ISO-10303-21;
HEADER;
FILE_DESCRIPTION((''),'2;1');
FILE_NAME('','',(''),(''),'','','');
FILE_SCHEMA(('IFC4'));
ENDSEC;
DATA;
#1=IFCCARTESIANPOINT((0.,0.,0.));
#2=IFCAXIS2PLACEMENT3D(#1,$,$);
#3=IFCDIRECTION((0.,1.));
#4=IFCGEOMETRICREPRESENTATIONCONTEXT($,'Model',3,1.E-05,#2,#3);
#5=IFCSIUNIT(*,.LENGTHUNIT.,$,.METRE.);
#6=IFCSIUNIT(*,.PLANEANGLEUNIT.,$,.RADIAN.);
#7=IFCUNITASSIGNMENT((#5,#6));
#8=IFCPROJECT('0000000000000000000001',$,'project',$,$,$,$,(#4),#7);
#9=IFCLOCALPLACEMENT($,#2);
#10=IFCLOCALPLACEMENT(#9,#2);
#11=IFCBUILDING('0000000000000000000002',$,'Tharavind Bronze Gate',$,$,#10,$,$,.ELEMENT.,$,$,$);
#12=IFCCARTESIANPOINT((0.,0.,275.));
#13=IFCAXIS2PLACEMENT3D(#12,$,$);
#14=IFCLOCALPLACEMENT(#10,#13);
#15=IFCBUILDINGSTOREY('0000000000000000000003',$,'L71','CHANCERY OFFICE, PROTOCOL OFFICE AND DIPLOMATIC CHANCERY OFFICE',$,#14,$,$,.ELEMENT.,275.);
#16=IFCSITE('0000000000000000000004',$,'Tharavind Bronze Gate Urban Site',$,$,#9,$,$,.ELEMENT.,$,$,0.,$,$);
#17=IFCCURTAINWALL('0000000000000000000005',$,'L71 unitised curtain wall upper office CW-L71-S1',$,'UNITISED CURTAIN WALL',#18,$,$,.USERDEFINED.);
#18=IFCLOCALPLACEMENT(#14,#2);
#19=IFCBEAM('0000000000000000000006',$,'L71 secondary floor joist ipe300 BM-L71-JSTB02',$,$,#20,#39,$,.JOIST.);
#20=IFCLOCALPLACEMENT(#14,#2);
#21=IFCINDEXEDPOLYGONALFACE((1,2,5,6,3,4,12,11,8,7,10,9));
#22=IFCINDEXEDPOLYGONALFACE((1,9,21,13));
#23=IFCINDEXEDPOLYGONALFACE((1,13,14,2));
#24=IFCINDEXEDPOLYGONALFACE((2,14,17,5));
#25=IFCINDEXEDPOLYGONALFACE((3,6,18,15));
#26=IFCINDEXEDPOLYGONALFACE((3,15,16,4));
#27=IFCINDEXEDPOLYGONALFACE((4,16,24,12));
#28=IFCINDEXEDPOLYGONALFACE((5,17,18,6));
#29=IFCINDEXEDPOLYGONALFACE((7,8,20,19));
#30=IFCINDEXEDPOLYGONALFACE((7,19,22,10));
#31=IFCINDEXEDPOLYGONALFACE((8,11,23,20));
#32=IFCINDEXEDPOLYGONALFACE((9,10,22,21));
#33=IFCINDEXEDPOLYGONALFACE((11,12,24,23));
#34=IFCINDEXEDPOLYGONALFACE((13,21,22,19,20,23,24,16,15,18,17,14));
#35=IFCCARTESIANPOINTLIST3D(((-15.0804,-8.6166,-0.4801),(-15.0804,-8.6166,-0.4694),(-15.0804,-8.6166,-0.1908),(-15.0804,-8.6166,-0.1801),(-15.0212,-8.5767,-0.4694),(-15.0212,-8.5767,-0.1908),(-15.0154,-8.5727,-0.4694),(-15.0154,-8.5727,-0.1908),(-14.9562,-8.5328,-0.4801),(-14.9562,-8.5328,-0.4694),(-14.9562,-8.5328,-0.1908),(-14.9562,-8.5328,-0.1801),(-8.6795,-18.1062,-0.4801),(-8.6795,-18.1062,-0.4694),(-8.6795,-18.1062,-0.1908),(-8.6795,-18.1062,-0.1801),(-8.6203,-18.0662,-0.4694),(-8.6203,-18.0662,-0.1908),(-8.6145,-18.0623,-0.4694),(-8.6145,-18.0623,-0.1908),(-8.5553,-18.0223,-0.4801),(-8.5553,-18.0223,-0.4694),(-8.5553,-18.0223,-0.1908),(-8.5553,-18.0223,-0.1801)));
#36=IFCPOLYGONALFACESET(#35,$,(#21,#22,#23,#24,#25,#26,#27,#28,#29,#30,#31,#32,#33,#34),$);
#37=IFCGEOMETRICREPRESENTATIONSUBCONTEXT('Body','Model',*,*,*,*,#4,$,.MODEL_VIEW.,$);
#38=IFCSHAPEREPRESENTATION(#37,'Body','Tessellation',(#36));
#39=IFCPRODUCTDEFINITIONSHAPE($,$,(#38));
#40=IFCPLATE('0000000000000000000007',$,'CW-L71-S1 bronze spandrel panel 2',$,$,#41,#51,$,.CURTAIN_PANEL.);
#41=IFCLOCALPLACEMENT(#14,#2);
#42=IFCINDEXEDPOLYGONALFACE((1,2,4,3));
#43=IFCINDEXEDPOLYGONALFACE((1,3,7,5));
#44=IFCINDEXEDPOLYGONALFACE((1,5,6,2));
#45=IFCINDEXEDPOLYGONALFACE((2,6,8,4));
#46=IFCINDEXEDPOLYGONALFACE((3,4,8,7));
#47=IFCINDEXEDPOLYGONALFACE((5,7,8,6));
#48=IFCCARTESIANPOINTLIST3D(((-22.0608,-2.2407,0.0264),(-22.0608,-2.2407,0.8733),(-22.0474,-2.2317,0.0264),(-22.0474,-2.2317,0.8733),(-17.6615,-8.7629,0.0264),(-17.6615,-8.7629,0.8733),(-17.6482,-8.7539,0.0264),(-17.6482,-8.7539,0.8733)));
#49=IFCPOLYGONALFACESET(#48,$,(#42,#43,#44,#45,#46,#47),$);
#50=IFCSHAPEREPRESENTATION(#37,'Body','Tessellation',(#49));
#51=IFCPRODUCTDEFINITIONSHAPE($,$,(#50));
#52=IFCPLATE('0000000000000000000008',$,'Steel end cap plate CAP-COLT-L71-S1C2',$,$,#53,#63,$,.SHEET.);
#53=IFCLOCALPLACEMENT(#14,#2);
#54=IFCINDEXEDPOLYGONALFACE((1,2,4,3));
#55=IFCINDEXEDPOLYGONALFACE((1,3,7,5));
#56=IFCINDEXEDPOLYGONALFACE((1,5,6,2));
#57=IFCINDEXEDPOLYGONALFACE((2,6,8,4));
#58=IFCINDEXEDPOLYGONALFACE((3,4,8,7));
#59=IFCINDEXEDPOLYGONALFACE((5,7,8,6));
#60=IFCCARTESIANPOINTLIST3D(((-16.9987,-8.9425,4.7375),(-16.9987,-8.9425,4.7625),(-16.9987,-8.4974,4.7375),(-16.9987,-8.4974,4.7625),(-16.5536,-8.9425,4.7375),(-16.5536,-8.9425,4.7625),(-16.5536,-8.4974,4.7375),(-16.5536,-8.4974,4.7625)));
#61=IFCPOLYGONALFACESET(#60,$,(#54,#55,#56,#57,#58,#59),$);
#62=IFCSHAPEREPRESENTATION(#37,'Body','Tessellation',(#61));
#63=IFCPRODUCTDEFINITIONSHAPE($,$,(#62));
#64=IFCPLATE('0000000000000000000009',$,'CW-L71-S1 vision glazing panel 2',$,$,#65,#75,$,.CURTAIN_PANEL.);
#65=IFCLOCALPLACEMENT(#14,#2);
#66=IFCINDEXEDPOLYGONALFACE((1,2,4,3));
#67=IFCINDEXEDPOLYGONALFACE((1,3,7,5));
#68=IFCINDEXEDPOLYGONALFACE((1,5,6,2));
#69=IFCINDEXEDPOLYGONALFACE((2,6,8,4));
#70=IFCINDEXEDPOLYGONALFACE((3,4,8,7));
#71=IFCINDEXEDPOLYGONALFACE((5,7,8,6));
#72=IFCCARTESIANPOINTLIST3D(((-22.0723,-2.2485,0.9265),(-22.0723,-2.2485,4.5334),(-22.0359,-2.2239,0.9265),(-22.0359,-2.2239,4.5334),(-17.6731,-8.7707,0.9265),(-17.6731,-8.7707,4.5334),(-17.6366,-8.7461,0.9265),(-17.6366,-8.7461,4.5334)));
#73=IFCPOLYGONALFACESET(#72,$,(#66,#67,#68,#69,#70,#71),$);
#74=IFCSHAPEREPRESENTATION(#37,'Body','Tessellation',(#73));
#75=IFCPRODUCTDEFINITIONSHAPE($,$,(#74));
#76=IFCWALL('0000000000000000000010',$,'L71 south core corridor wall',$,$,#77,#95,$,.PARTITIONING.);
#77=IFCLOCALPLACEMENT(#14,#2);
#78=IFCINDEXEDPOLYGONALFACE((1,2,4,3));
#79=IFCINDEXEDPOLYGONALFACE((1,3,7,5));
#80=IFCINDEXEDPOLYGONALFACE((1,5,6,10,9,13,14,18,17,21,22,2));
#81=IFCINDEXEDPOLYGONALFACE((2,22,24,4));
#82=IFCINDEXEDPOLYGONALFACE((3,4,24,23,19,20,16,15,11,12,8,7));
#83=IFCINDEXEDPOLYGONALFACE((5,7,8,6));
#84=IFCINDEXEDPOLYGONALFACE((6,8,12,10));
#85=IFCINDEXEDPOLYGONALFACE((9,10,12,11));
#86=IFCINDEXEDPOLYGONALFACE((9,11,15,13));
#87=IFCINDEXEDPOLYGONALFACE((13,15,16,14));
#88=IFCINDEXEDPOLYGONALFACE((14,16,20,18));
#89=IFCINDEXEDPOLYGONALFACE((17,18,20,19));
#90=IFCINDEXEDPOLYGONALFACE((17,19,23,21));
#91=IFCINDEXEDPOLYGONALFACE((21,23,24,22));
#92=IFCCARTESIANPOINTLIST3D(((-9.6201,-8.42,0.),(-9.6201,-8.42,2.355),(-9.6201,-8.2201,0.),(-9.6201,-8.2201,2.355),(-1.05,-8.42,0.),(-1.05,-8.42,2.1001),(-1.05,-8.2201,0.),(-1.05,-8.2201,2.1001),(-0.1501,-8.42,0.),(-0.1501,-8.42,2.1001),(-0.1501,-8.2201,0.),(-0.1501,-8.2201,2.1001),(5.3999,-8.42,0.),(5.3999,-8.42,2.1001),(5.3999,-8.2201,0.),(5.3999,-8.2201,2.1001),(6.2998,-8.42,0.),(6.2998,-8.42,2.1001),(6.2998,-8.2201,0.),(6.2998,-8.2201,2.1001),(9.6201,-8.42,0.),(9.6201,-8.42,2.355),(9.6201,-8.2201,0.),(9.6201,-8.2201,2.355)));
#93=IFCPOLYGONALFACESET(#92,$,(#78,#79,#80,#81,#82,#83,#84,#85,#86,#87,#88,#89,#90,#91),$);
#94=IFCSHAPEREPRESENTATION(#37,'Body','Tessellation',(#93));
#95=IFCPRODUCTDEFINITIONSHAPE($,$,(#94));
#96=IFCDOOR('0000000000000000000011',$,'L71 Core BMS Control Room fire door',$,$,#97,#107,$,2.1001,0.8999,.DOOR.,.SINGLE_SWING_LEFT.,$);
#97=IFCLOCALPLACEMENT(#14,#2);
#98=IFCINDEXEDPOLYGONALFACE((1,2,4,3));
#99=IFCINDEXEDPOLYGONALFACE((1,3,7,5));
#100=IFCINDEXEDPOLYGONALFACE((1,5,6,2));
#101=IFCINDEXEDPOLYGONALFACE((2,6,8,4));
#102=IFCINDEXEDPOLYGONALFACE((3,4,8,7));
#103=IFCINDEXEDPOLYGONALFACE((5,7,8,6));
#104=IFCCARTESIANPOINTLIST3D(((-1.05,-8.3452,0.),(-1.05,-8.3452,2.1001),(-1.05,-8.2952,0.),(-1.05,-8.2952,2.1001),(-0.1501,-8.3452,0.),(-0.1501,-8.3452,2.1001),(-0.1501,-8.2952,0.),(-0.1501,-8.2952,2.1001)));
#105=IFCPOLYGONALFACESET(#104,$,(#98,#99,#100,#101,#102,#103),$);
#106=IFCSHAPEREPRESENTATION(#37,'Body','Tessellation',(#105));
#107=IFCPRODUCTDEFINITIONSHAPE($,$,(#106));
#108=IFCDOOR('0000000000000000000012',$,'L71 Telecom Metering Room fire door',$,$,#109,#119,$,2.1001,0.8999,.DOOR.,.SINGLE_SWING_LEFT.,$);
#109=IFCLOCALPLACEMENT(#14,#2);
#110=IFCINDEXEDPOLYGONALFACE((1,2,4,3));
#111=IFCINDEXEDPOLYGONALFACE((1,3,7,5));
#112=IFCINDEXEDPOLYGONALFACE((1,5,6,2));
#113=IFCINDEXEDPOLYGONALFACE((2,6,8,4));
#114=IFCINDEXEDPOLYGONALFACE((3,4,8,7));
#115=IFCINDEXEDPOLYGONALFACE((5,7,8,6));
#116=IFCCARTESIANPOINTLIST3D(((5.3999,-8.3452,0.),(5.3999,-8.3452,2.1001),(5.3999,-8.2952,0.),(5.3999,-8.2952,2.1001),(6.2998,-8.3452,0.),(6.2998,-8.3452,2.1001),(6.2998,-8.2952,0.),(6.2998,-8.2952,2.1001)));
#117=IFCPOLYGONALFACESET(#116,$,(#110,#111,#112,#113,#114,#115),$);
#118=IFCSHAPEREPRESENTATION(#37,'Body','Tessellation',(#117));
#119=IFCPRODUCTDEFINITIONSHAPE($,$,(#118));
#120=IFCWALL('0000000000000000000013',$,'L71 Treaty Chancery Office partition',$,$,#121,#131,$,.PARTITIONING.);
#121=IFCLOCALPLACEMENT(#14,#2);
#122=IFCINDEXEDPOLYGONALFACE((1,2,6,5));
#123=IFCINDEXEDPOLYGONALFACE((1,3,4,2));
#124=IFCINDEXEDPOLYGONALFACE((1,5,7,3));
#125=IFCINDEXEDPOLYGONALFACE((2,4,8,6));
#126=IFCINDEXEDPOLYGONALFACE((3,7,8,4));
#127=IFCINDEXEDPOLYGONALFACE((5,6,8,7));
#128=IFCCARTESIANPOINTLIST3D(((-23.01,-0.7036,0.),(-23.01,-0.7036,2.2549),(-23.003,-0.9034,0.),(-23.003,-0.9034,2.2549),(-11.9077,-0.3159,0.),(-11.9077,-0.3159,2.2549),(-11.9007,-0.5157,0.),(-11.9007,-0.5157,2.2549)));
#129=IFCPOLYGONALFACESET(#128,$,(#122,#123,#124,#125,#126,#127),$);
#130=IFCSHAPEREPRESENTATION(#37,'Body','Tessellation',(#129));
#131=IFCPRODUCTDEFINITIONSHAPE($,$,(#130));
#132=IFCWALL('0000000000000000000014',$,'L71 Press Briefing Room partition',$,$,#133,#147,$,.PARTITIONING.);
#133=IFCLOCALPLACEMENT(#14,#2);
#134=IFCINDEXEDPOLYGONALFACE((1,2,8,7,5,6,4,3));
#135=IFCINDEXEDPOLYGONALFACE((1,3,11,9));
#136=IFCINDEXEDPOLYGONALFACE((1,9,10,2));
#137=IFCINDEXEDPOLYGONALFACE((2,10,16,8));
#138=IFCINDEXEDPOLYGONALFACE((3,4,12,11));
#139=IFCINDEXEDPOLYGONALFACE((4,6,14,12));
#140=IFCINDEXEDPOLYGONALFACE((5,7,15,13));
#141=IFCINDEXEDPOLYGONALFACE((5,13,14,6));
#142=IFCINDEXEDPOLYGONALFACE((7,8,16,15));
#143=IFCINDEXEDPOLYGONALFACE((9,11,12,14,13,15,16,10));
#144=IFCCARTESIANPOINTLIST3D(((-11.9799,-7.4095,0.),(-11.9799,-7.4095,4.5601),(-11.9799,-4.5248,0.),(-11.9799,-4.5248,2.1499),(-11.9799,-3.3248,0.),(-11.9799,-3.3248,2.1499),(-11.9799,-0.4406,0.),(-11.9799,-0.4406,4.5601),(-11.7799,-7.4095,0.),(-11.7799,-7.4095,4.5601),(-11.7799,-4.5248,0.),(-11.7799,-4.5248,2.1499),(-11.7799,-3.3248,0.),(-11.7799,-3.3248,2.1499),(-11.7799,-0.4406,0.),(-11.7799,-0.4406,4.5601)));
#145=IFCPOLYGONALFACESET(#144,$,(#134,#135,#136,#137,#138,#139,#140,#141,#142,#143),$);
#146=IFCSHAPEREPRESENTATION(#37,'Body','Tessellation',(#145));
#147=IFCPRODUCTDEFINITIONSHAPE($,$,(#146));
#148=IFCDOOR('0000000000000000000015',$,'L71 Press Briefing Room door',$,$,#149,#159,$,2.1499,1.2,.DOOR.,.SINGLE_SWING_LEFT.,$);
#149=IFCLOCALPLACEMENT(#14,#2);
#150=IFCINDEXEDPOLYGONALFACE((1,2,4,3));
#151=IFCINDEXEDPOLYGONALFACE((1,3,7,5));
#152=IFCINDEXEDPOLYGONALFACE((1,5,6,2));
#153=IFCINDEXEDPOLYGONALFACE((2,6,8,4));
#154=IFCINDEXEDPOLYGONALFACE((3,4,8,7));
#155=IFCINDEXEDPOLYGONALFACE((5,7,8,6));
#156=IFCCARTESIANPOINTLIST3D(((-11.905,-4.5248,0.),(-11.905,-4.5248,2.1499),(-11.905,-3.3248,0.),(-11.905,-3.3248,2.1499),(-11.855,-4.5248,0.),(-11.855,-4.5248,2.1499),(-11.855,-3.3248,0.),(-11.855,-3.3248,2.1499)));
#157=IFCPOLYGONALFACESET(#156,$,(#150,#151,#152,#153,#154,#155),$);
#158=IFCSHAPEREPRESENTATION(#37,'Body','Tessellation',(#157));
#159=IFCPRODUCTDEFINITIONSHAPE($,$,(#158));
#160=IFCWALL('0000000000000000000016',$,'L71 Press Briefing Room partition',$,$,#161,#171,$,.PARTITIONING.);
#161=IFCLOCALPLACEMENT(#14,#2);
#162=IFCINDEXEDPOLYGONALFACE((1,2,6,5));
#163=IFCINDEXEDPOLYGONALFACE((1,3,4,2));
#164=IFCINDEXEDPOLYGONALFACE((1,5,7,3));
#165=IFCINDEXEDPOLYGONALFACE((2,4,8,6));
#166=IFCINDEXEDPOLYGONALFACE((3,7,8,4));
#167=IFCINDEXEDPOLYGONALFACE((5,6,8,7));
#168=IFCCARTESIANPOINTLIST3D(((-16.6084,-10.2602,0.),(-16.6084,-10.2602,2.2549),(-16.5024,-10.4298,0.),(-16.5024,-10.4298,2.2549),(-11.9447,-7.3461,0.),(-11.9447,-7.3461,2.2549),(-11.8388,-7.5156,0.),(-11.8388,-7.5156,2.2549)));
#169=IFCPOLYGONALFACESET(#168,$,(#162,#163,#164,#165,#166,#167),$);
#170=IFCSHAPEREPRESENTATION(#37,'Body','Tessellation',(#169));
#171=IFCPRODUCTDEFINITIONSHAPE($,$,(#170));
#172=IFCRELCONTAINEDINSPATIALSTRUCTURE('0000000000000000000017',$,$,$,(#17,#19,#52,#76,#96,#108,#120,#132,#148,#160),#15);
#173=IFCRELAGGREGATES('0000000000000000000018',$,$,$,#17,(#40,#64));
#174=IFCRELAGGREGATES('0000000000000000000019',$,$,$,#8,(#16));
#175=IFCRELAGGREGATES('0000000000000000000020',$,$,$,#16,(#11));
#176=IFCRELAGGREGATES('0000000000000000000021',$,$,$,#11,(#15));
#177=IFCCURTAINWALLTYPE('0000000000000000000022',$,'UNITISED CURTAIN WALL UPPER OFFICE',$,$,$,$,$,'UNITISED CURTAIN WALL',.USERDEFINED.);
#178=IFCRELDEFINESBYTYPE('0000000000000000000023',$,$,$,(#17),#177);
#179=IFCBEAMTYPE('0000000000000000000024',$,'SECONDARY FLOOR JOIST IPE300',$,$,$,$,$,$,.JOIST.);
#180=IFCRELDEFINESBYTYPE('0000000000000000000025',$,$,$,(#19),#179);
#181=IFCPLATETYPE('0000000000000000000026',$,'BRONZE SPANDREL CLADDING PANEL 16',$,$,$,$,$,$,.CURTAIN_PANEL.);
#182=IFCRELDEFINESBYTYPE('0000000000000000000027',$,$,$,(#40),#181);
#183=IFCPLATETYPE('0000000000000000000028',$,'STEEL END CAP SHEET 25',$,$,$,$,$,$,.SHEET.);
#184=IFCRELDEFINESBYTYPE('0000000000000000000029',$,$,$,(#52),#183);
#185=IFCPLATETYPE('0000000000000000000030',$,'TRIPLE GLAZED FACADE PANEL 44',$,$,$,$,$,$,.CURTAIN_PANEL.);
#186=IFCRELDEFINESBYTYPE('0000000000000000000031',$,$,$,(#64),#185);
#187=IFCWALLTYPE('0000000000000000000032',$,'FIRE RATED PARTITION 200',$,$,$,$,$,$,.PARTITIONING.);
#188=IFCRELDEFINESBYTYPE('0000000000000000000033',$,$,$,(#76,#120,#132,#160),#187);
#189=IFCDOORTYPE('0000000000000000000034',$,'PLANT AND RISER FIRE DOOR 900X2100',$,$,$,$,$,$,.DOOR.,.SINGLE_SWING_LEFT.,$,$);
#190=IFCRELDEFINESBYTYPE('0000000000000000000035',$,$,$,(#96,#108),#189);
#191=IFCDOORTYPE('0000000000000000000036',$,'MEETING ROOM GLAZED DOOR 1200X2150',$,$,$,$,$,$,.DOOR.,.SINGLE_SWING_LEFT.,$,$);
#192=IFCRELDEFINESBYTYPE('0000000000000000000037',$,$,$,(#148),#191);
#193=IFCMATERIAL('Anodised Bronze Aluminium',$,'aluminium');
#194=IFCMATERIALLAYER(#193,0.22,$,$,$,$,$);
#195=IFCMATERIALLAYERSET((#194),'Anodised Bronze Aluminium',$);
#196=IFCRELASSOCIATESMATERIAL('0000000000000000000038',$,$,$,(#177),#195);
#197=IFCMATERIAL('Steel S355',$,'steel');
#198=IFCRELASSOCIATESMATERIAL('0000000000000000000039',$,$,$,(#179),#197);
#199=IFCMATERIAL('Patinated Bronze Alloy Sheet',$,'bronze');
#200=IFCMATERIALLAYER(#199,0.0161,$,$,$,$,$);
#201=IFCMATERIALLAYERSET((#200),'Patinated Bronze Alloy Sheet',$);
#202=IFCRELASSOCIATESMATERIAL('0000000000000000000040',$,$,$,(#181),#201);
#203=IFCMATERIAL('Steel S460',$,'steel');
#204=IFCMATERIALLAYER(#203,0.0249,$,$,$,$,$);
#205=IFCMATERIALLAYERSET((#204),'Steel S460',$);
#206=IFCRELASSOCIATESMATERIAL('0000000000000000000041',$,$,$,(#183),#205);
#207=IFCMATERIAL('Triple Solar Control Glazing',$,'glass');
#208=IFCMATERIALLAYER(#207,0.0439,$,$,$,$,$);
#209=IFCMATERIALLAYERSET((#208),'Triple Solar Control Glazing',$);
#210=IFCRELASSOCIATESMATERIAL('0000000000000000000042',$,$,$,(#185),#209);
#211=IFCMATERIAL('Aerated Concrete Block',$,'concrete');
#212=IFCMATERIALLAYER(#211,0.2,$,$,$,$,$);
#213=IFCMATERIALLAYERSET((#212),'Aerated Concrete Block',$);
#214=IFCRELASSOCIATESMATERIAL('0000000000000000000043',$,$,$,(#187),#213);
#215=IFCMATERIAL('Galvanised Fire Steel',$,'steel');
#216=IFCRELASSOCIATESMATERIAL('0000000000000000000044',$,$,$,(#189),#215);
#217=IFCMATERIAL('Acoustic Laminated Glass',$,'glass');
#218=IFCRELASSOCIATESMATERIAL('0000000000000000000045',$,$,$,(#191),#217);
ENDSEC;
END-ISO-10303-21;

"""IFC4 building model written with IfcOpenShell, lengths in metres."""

from ifc_helpers import new_model, si_unit, direction, frame, frame_2d, origin, origin_2d, place, context, subcontext, project, spatial, rectangle, i_section, extrude, material, layer, layer_set, material_profile, profile_set, type_object, element, fill, aggregate, save


model = new_model("IFC4")

# Units and contexts
model_context = context("Model", 3, precision=1e-05, world=origin(), true_north=direction((0.0, 1.0)))
body_context = subcontext(model_context, "Body", "Model", "MODEL_VIEW")
ifc_project = project(units=[si_unit("LENGTHUNIT", "METRE"), si_unit("PLANEANGLEUNIT", "RADIAN")], contexts=[model_context])

# Site, building, storey
site_placement = place(None, origin())
site = spatial("IfcSite", under=ifc_project, at=site_placement, Name="Tharavind Bronze Gate Urban Site", CompositionType="ELEMENT", RefElevation=0.0)
building_placement = place(site_placement, origin())
building = spatial("IfcBuilding", under=site, at=building_placement, Name="Tharavind Bronze Gate", CompositionType="ELEMENT")
storey_placement = place(building_placement, frame((0.0, 0.0, 275.0)))
storey = spatial("IfcBuildingStorey", under=building, at=storey_placement, Name="L71", Description="CHANCERY OFFICE, PROTOCOL OFFICE AND DIPLOMATIC CHANCERY OFFICE", CompositionType="ELEMENT", Elevation=275.0)

# Shared definitions
ifc_material_1 = material(Name="Steel S460", Category="steel")

# Curtain wall
ifc_material_2 = material(Name="Anodised Bronze Aluminium", Category="aluminium")
ifc_layer_1 = layer(ifc_material_2, 0.22)
ifc_layer_set_1 = layer_set([ifc_layer_1], Name="Anodised Bronze Aluminium")
curtain_wall_type = type_object("IfcCurtainWallType", Name="UNITISED CURTAIN WALL UPPER OFFICE", ElementType="UNITISED CURTAIN WALL", PredefinedType="USERDEFINED", material=ifc_layer_set_1)
curtain_wall_placement = place(storey_placement, origin())
curtain_wall = element("IfcCurtainWall", 1, at=curtain_wall_placement, inside=storey, type_object=curtain_wall_type, Name="L71 unitised curtain wall upper office CW-L71-S1", ObjectType="UNITISED CURTAIN WALL", PredefinedType="USERDEFINED")

# Beam
ifc_material_3 = material(Name="Steel S355", Category="steel")
ifc_material_profile_1 = material_profile(ifc_material_3, i_section(OverallWidth=0.1499, OverallDepth=0.3, WebThickness=0.0071, FlangeThickness=0.0107, at=origin_2d()), Name="IPE300")
ifc_profile_set_1 = profile_set([ifc_material_profile_1], Name="Steel S355")
beam_type_1 = type_object("IfcBeamType", Name="SECONDARY FLOOR JOIST IPE300", PredefinedType="JOIST", material=ifc_profile_set_1)
beam_1_placement = place(storey_placement, frame((-15.0183, -8.5747, -0.3301), z_axis=(0.559201, -0.829032, 0.0), x_axis=(0.829032, 0.559201, 0.0)))
element("IfcBeam", 2, at=beam_1_placement, inside=storey, type_object=beam_type_1, Name="L71 secondary floor joist ipe300 BM-L71-JSTB02", PredefinedType="JOIST", context=body_context, shape_type="SweptSolid", body=[
    extrude(i_section(OverallWidth=0.1499, OverallDepth=0.3, WebThickness=0.0071, FlangeThickness=0.0107, at=origin_2d()), origin(), (0.0, 0.0, 1.0), 11.4465),
])

# Plates
ifc_material_4 = material(Name="Patinated Bronze Alloy Sheet", Category="bronze")
ifc_layer_2 = layer(ifc_material_4, 0.0161)
ifc_layer_set_2 = layer_set([ifc_layer_2], Name="Patinated Bronze Alloy Sheet")
plate_type_1 = type_object("IfcPlateType", Name="BRONZE SPANDREL CLADDING PANEL 16", PredefinedType="CURTAIN_PANEL", material=ifc_layer_set_2)
plate_1_placement = place(storey_placement, frame((-19.8545, -5.4973, 0.0264), z_axis=(0.0, 0.0, 1.0), x_axis=(0.559191, -0.829039, 0.0)))
plate_1 = element("IfcPlate", 3, at=plate_1_placement, type_object=plate_type_1, Name="CW-L71-S1 bronze spandrel panel 2", PredefinedType="CURTAIN_PANEL", context=body_context, shape_type="SweptSolid", body=[
    extrude(rectangle(XDim=7.8672, YDim=0.0161, at=origin_2d()), origin(), (0.0, 0.0, 1.0), 0.8469),
])
ifc_layer_3 = layer(ifc_material_1, 0.0249)
ifc_layer_set_3 = layer_set([ifc_layer_3], Name="Steel S460")
plate_type_2 = type_object("IfcPlateType", Name="STEEL END CAP SHEET 25", PredefinedType="SHEET", material=ifc_layer_set_3)
plate_2_placement = place(storey_placement, frame((-16.7761, -8.72, 4.7375), z_axis=(0.0, 0.0, 1.0), x_axis=(1.0, 0.0, 0.0)))
element("IfcPlate", 4, at=plate_2_placement, inside=storey, type_object=plate_type_2, Name="Steel end cap plate CAP-COLT-L71-S1C2", PredefinedType="SHEET", context=body_context, shape_type="SweptSolid", body=[
    extrude(rectangle(XDim=0.4451, YDim=0.4451, at=origin_2d()), origin(), (0.0, 0.0, 1.0), 0.0249),
])
ifc_material_5 = material(Name="Triple Solar Control Glazing", Category="glass")
ifc_layer_4 = layer(ifc_material_5, 0.0439)
ifc_layer_set_4 = layer_set([ifc_layer_4], Name="Triple Solar Control Glazing")
plate_type_3 = type_object("IfcPlateType", Name="TRIPLE GLAZED FACADE PANEL 44", PredefinedType="CURTAIN_PANEL", material=ifc_layer_set_4)
plate_3_placement = place(storey_placement, frame((-19.8545, -5.4973, 0.9265), z_axis=(0.0, 0.0, 1.0), x_axis=(0.559191, -0.829039, 0.0)))
plate_3 = element("IfcPlate", 5, at=plate_3_placement, type_object=plate_type_3, Name="CW-L71-S1 vision glazing panel 2", PredefinedType="CURTAIN_PANEL", context=body_context, shape_type="SweptSolid", body=[
    extrude(rectangle(XDim=7.8672, YDim=0.0439, at=origin_2d()), origin(), (0.0, 0.0, 1.0), 3.6069),
])
aggregate(curtain_wall, [plate_1, plate_3])

# Wall, openings, doors
ifc_material_6 = material(Name="Aerated Concrete Block", Category="concrete")
ifc_layer_5 = layer(ifc_material_6, 0.2)
ifc_layer_set_5 = layer_set([ifc_layer_5], Name="Aerated Concrete Block")
wall_type_1 = type_object("IfcWallType", Name="FIRE RATED PARTITION 200", PredefinedType="PARTITIONING", material=ifc_layer_set_5)
wall_1_placement = place(storey_placement, frame((-9.6201, -8.3201, 0.0), z_axis=(0.0, 0.0, 1.0), x_axis=(1.0, 0.0, 0.0)))
wall_1 = element("IfcWall", 6, at=wall_1_placement, inside=storey, type_object=wall_type_1, Name="L71 south core corridor wall", PredefinedType="PARTITIONING", context=body_context, shape_type="SweptSolid", body=[
    extrude(rectangle(XDim=19.2402, YDim=0.2, at=frame_2d((9.6201, 0.0))), origin(), (0.0, 0.0, 1.0), 2.355),
])
opening_1_placement = place(wall_1_placement, frame((8.5701, 0.0, 0.0)))
opening_1 = element("IfcOpeningElement", 7, at=opening_1_placement, cuts=wall_1, PredefinedType="OPENING", context=body_context, shape_type="SweptSolid", body=[
    extrude(rectangle(XDim=0.8999, YDim=2.1001, at=frame_2d((0.45, 1.05))), frame((0.0, 0.1101, 0.0), z_axis=(0.0, -1.0, 0.0), x_axis=(1.0, 0.0, 0.0)), (0.0, 0.0, 1.0), 0.22),
])
opening_2_placement = place(wall_1_placement, frame((15.02, 0.0, 0.0)))
opening_2 = element("IfcOpeningElement", 8, at=opening_2_placement, cuts=wall_1, PredefinedType="OPENING", context=body_context, shape_type="SweptSolid", body=[
    extrude(rectangle(XDim=0.8999, YDim=2.1001, at=frame_2d((0.45, 1.05))), frame((0.0, 0.1101, 0.0), z_axis=(0.0, -1.0, 0.0), x_axis=(1.0, 0.0, 0.0)), (0.0, 0.0, 1.0), 0.22),
])
ifc_material_7 = material(Name="Galvanised Fire Steel", Category="steel")
door_type_1 = type_object("IfcDoorType", Name="PLANT AND RISER FIRE DOOR 900X2100", OperationType="SINGLE_SWING_LEFT", PredefinedType="DOOR", material=ifc_material_7)
door_1_placement = place(opening_1_placement, origin())
door_1 = element("IfcDoor", 9, at=door_1_placement, inside=storey, type_object=door_type_1, Name="L71 Core BMS Control Room fire door", OperationType="SINGLE_SWING_LEFT", OverallHeight=2.1001, OverallWidth=0.8999, PredefinedType="DOOR", context=body_context, shape_type="SweptSolid", body=[
    extrude(rectangle(XDim=0.8999, YDim=2.1001, at=frame_2d((0.45, 1.05))), frame((0.0, 0.0249, 0.0), z_axis=(0.0, -1.0, 0.0), x_axis=(1.0, 0.0, 0.0)), (0.0, 0.0, 1.0), 0.05),
])
fill(opening_1, door_1)
door_2_placement = place(opening_2_placement, origin())
door_2 = element("IfcDoor", 10, at=door_2_placement, inside=storey, type_object=door_type_1, Name="L71 Telecom Metering Room fire door", OperationType="SINGLE_SWING_LEFT", OverallHeight=2.1001, OverallWidth=0.8999, PredefinedType="DOOR", context=body_context, shape_type="SweptSolid", body=[
    extrude(rectangle(XDim=0.8999, YDim=2.1001, at=frame_2d((0.45, 1.05))), frame((0.0, 0.0249, 0.0), z_axis=(0.0, -1.0, 0.0), x_axis=(1.0, 0.0, 0.0)), (0.0, 0.0, 1.0), 0.05),
])
fill(opening_2, door_2)

# Wall
wall_2_placement = place(storey_placement, frame((-11.9041, -0.4158, 0.0), z_axis=(0.0, 0.0, 1.0), x_axis=(-0.999391, -0.034899, 0.0)))
element("IfcWall", 11, at=wall_2_placement, inside=storey, type_object=wall_type_1, Name="L71 Treaty Chancery Office partition", PredefinedType="PARTITIONING", context=body_context, shape_type="SweptSolid", body=[
    extrude(rectangle(XDim=11.1091, YDim=0.2, at=frame_2d((5.5547, 0.0))), origin(), (0.0, 0.0, 1.0), 2.2549),
])

# Wall, opening, door
wall_3_placement = place(storey_placement, frame((-11.8799, -0.4407, 0.0), z_axis=(0.0, 0.0, 1.0), x_axis=(0.0, -1.0, 0.0)))
wall_3 = element("IfcWall", 12, at=wall_3_placement, inside=storey, type_object=wall_type_1, Name="L71 Press Briefing Room partition", PredefinedType="PARTITIONING", context=body_context, shape_type="SweptSolid", body=[
    extrude(rectangle(XDim=6.969, YDim=0.2, at=frame_2d((3.4844, 0.0))), origin(), (0.0, 0.0, 1.0), 4.5601),
])
opening_3_placement = place(wall_3_placement, frame((2.884, 0.0, 0.0)))
opening_3 = element("IfcOpeningElement", 13, at=opening_3_placement, cuts=wall_3, PredefinedType="OPENING", context=body_context, shape_type="SweptSolid", body=[
    extrude(rectangle(XDim=1.2, YDim=2.1499, at=frame_2d((0.6001, 1.075))), frame((0.0, 0.1101, 0.0), z_axis=(0.0, -1.0, 0.0), x_axis=(1.0, 0.0, 0.0)), (0.0, 0.0, 1.0), 0.22),
])
ifc_material_8 = material(Name="Acoustic Laminated Glass", Category="glass")
door_type_2 = type_object("IfcDoorType", Name="MEETING ROOM GLAZED DOOR 1200X2150", OperationType="SINGLE_SWING_LEFT", PredefinedType="DOOR", material=ifc_material_8)
door_3_placement = place(opening_3_placement, origin())
door_3 = element("IfcDoor", 14, at=door_3_placement, inside=storey, type_object=door_type_2, Name="L71 Press Briefing Room door", OperationType="SINGLE_SWING_LEFT", OverallHeight=2.1499, OverallWidth=1.2, PredefinedType="DOOR", context=body_context, shape_type="SweptSolid", body=[
    extrude(rectangle(XDim=1.2, YDim=2.1499, at=frame_2d((0.6001, 1.075))), frame((0.0, 0.0249, 0.0), z_axis=(0.0, -1.0, 0.0), x_axis=(1.0, 0.0, 0.0)), (0.0, 0.0, 1.0), 0.05),
])
fill(opening_3, door_3)

# Wall
wall_4_placement = place(storey_placement, frame((-11.8918, -7.4309, 0.0), z_axis=(0.0, 0.0, 1.0), x_axis=(-0.848053, -0.529911, 0.0)))
element("IfcWall", 15, at=wall_4_placement, inside=storey, type_object=wall_type_1, Name="L71 Press Briefing Room partition", PredefinedType="PARTITIONING", context=body_context, shape_type="SweptSolid", body=[
    extrude(rectangle(XDim=5.4993, YDim=0.2, at=frame_2d((2.7495, 0.0))), origin(), (0.0, 0.0, 1.0), 2.2549),
])

save(model, "model.ifc")
